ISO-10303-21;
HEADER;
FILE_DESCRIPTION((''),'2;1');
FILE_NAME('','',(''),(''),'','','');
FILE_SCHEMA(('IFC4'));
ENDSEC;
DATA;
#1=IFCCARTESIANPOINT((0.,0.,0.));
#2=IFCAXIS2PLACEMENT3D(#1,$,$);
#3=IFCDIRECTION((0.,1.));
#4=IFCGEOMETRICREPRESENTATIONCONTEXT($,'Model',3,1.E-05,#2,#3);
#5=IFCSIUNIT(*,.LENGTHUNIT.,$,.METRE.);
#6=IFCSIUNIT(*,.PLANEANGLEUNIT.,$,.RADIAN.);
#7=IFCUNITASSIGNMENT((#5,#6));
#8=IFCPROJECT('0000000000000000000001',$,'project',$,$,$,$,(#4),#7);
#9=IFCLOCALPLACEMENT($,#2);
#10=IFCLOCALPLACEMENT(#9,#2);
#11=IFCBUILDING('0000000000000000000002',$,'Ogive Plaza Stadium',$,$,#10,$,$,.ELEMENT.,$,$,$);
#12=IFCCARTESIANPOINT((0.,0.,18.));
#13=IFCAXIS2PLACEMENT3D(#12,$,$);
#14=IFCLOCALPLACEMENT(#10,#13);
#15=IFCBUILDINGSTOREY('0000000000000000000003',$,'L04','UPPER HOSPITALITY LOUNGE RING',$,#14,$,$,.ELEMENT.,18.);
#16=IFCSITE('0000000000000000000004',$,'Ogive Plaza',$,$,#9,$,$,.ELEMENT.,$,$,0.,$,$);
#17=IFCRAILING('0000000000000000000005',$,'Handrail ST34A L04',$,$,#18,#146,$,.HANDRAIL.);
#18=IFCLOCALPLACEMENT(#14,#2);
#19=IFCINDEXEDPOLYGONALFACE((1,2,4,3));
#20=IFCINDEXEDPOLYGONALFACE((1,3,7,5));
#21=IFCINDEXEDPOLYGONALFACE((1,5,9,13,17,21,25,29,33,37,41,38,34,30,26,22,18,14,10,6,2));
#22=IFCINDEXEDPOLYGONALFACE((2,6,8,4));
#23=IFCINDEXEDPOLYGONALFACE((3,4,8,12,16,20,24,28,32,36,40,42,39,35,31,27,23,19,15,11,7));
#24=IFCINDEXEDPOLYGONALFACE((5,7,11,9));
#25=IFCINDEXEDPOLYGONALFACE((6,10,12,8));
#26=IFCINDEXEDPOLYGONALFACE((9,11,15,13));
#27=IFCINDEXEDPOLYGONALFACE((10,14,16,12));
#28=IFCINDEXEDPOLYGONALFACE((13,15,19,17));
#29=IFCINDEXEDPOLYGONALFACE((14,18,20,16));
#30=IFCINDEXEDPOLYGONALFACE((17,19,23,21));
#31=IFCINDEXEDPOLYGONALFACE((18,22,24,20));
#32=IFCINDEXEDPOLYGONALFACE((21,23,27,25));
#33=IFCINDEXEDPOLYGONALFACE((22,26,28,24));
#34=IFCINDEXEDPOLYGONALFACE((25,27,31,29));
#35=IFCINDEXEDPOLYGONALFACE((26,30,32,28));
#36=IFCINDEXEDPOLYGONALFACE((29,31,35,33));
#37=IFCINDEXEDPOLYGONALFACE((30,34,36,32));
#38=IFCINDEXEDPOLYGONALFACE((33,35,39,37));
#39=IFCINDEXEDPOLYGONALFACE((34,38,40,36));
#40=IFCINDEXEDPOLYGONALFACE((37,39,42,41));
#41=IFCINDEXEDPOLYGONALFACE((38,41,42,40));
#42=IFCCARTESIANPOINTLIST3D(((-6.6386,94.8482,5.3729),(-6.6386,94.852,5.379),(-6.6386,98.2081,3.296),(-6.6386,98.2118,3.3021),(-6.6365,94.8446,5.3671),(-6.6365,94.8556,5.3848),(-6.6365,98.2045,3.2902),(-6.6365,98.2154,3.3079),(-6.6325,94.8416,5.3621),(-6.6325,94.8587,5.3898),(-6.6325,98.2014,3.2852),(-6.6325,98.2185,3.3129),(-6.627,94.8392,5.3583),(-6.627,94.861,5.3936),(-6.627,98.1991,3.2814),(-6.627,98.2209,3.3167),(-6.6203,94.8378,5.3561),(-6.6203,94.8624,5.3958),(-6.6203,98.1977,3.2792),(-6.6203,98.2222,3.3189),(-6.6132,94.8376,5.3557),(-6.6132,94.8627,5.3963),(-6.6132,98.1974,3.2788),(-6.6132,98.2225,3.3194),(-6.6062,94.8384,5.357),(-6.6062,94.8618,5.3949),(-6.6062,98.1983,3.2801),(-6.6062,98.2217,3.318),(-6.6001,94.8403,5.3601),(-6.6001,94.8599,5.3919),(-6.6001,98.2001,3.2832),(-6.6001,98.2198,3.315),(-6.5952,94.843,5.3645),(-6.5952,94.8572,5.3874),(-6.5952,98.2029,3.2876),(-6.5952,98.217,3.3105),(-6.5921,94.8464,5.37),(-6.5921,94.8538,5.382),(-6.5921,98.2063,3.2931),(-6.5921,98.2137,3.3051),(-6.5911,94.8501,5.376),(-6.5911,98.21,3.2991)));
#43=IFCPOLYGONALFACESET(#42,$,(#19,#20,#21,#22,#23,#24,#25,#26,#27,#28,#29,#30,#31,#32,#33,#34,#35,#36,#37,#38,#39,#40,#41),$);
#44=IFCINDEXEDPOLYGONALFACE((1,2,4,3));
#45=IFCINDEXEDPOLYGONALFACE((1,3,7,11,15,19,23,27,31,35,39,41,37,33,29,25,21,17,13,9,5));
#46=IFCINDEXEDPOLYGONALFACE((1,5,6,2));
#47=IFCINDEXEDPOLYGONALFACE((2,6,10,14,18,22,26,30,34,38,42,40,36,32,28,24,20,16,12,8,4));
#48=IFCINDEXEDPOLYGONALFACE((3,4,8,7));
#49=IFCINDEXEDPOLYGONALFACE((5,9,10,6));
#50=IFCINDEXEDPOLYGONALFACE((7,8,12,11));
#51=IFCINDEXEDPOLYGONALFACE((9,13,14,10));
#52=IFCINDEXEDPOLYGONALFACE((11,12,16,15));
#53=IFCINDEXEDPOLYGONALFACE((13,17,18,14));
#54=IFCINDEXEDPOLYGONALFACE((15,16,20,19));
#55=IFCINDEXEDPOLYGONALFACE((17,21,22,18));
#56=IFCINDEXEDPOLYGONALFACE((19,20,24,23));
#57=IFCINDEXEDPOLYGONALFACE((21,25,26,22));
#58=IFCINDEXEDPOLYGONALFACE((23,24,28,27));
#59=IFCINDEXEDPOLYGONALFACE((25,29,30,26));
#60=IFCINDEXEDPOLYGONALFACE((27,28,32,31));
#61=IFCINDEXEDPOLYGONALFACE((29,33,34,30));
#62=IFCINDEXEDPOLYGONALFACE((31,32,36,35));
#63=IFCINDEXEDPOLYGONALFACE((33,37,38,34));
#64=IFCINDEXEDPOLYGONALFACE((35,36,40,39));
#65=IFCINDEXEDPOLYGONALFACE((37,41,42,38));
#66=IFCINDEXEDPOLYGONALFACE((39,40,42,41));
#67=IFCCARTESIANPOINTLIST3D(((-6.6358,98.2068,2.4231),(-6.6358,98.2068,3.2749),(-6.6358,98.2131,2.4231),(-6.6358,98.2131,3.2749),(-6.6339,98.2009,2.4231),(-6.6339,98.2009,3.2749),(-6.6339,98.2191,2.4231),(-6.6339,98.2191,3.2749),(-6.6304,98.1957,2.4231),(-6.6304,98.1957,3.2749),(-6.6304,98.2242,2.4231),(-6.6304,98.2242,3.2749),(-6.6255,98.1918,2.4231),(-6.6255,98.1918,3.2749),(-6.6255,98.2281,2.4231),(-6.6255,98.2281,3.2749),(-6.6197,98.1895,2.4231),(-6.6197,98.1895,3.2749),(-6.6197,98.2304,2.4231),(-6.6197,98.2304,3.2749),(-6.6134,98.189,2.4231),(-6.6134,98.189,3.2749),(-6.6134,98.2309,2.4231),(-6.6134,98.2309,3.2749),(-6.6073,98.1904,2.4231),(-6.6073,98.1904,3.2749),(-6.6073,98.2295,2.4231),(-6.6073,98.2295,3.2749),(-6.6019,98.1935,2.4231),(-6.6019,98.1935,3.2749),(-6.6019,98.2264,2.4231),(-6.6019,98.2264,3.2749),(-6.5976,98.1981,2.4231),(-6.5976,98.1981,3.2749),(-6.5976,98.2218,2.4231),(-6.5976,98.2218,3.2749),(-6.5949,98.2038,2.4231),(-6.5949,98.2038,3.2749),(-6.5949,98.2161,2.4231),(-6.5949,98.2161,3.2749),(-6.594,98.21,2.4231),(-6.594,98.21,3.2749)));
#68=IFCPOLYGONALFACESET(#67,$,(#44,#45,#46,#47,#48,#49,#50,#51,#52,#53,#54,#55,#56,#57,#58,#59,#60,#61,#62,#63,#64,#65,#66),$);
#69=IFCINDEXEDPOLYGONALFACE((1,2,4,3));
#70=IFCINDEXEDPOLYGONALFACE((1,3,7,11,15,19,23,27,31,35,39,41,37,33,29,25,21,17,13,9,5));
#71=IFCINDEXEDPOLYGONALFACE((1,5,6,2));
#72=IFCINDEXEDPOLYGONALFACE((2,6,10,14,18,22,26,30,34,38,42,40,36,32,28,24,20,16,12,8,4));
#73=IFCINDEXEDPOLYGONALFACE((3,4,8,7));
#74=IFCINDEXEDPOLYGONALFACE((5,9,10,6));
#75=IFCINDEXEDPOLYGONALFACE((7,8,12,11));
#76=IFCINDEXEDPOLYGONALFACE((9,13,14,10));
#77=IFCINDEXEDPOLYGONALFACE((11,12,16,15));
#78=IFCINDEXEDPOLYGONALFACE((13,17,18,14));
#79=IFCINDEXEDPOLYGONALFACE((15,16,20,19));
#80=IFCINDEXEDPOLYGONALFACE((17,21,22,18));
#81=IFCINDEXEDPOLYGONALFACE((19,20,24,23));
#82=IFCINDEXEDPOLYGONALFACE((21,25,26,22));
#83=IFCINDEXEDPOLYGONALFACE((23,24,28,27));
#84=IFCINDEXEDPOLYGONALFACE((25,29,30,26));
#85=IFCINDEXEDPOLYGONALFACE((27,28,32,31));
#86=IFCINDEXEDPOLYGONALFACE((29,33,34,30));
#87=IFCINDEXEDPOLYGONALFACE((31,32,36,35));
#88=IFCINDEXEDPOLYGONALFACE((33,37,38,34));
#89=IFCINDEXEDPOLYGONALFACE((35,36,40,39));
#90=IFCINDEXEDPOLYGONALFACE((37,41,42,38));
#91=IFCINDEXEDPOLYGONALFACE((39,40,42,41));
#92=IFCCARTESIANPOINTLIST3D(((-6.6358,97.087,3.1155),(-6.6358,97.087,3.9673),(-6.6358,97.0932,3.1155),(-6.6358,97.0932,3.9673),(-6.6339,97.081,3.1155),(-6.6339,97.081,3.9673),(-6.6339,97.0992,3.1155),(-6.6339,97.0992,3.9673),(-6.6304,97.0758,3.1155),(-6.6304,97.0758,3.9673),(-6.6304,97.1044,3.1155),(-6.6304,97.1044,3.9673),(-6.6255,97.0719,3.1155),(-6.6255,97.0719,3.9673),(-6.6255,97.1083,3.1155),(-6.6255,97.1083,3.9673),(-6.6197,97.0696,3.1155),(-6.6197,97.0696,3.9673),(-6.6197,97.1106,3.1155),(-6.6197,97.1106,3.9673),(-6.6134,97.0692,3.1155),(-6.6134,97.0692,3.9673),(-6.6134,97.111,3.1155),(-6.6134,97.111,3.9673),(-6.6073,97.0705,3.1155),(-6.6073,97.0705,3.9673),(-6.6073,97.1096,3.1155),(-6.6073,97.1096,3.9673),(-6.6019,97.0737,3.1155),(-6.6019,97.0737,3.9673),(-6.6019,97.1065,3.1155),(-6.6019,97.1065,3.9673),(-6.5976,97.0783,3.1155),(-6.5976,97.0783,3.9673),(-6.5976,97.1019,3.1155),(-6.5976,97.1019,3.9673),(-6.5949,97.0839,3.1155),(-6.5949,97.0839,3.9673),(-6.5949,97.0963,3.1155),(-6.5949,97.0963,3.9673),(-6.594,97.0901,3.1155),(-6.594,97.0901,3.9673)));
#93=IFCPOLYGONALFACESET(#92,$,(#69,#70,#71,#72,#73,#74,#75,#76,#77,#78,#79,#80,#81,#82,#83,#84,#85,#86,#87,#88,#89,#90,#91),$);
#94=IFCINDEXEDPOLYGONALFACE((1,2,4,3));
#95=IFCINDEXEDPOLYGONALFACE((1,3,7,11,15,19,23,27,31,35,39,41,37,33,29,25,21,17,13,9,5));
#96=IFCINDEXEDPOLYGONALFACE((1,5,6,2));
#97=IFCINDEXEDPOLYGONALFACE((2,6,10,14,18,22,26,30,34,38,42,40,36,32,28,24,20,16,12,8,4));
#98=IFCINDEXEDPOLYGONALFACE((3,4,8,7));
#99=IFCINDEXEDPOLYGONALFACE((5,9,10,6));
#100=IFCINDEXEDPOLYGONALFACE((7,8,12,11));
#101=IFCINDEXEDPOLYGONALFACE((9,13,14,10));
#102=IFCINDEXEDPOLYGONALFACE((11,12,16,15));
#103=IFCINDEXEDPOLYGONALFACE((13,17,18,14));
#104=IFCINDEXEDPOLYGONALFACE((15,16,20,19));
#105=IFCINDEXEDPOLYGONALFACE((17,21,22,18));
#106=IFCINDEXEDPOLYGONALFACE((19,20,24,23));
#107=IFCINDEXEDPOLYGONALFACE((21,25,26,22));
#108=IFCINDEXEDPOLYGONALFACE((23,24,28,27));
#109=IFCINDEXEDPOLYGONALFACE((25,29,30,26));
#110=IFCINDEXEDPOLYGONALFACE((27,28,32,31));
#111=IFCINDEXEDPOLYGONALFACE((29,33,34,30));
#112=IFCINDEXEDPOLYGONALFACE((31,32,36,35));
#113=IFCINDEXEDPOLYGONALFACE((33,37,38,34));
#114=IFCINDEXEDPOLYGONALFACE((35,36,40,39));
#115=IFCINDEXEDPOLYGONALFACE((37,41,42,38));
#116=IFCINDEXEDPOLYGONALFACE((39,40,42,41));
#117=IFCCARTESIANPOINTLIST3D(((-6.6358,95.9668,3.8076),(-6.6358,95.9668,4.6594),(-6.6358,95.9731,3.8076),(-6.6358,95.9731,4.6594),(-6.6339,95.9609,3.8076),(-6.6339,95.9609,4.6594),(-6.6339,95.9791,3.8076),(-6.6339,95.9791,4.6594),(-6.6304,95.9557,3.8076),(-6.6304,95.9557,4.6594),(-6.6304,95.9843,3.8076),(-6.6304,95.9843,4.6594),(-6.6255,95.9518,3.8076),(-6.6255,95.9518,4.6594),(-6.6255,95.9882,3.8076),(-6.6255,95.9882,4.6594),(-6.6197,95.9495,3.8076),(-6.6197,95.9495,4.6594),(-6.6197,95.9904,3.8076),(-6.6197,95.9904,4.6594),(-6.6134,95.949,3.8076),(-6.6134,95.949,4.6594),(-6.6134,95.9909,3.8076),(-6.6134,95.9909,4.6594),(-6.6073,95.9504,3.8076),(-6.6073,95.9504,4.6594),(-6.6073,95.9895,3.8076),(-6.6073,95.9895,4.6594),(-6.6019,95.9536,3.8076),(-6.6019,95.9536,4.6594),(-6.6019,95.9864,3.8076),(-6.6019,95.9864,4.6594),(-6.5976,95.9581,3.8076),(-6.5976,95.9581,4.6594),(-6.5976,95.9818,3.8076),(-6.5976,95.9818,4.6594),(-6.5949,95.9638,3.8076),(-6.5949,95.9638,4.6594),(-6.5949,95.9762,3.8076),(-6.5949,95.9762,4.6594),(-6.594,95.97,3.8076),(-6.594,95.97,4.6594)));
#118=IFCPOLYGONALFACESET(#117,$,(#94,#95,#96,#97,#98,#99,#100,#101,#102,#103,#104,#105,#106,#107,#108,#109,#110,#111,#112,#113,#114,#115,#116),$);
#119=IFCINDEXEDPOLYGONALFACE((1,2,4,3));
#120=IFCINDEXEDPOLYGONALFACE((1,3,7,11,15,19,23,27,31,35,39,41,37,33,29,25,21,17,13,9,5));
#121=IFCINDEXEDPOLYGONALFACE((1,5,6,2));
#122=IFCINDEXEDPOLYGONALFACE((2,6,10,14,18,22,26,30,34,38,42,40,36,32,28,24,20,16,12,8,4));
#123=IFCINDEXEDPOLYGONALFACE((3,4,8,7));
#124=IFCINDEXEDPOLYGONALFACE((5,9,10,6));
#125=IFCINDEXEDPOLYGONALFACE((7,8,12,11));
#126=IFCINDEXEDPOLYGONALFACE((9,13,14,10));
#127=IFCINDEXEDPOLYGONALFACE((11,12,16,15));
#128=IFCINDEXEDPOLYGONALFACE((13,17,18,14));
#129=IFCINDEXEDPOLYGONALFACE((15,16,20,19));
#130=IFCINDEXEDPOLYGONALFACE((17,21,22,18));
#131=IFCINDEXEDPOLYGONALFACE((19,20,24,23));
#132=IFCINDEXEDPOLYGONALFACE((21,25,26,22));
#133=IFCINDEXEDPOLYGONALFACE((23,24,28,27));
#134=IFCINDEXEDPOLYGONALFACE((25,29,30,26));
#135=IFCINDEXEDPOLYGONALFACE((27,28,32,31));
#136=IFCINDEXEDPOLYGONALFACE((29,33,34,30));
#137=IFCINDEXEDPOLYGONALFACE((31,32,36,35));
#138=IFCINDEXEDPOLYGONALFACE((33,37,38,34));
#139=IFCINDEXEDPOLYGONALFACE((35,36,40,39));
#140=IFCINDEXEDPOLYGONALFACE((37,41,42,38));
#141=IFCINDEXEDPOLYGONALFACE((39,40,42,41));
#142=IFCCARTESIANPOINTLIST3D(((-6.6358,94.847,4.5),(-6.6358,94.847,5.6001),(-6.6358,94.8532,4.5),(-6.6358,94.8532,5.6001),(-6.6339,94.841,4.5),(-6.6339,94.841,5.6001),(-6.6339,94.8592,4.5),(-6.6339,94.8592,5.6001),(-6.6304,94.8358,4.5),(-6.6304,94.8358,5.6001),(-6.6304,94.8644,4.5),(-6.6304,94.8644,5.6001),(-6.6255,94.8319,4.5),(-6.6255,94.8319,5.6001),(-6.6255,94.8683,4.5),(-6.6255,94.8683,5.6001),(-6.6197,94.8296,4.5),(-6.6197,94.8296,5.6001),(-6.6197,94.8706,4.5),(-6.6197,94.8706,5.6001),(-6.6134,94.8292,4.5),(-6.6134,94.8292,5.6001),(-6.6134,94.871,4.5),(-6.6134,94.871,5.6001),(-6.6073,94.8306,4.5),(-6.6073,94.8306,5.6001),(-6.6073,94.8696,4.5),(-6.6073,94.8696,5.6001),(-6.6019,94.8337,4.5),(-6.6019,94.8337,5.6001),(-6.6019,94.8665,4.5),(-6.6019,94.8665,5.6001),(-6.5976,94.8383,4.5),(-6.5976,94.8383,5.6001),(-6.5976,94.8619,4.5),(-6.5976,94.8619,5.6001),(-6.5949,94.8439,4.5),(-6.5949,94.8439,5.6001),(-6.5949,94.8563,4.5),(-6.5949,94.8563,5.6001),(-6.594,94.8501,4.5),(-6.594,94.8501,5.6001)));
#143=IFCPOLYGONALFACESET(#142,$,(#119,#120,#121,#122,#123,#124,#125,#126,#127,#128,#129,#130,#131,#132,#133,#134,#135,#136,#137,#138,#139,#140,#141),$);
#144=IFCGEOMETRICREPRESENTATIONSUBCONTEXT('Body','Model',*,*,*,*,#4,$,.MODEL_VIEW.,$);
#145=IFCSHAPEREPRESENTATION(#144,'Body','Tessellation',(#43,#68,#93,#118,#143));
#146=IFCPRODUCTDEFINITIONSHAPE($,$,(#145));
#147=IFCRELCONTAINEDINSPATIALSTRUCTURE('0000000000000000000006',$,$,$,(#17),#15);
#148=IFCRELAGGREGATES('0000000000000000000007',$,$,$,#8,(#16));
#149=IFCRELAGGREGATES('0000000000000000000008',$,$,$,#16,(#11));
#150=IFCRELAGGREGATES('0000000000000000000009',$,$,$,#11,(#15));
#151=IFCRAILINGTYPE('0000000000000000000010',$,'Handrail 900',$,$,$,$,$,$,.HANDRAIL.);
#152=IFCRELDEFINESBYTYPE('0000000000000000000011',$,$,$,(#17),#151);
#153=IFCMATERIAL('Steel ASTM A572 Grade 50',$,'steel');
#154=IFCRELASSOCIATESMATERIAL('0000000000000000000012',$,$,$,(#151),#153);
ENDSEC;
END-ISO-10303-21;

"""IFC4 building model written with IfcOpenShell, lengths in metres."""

from ifc_helpers import new_model, si_unit, direction, frame, origin, origin_2d, place, context, subcontext, project, spatial, circle, extrude, material, type_object, element, save


model = new_model("IFC4")

# Units and contexts
model_context = context("Model", 3, precision=1e-05, world=origin(), true_north=direction((0.0, 1.0)))
body_context = subcontext(model_context, "Body", "Model", "MODEL_VIEW")
ifc_project = project(units=[si_unit("LENGTHUNIT", "METRE"), si_unit("PLANEANGLEUNIT", "RADIAN")], contexts=[model_context])

# Site, building, storey
site_placement = place(None, origin())
site = spatial("IfcSite", under=ifc_project, at=site_placement, Name="Ogive Plaza", CompositionType="ELEMENT", RefElevation=0.0)
building_placement = place(site_placement, origin())
building = spatial("IfcBuilding", under=site, at=building_placement, Name="Ogive Plaza Stadium", CompositionType="ELEMENT")
storey_placement = place(building_placement, frame((0.0, 0.0, 18.0)))
storey = spatial("IfcBuildingStorey", under=building, at=storey_placement, Name="L04", Description="UPPER HOSPITALITY LOUNGE RING", CompositionType="ELEMENT", Elevation=18.0)

# Railing
ifc_material_1 = material(Name="Steel ASTM A572 Grade 50", Category="steel")
railing_type_1 = type_object("IfcRailingType", Name="Handrail 900", PredefinedType="HANDRAIL", material=ifc_material_1)
for number, where, name in (
    (1, (-6.615, 98.21, 2.4231), "Handrail ST34A L04"),
):
    element("IfcRailing", number, at=place(storey_placement, frame(where)), inside=storey, type_object=railing_type_1, Name=name, PredefinedType="HANDRAIL", context=body_context, shape_type="SweptSolid", body=[
        extrude(circle(Radius=0.0239, at=origin_2d()), frame((0.0, 0.0, 0.876), z_axis=(0.0, -0.850606, 0.525803), x_axis=(1.0, 0.0, 0.0)), (0.0, 0.0, 1.0), 3.95),
        extrude(circle(Radius=0.021, at=origin_2d()), origin(), (0.0, 0.0, 1.0), 0.8518),
        extrude(circle(Radius=0.021, at=origin_2d()), frame((0.0, -1.1199, 0.6924)), (0.0, 0.0, 1.0), 0.8518),
        extrude(circle(Radius=0.021, at=origin_2d()), frame((0.0, -2.24, 1.3845)), (0.0, 0.0, 1.0), 0.8518),
        extrude(circle(Radius=0.021, at=origin_2d()), frame((0.0, -3.3599, 2.0769)), (0.0, 0.0, 1.0), 1.1001),
    ])

save(model, "model.ifc")
